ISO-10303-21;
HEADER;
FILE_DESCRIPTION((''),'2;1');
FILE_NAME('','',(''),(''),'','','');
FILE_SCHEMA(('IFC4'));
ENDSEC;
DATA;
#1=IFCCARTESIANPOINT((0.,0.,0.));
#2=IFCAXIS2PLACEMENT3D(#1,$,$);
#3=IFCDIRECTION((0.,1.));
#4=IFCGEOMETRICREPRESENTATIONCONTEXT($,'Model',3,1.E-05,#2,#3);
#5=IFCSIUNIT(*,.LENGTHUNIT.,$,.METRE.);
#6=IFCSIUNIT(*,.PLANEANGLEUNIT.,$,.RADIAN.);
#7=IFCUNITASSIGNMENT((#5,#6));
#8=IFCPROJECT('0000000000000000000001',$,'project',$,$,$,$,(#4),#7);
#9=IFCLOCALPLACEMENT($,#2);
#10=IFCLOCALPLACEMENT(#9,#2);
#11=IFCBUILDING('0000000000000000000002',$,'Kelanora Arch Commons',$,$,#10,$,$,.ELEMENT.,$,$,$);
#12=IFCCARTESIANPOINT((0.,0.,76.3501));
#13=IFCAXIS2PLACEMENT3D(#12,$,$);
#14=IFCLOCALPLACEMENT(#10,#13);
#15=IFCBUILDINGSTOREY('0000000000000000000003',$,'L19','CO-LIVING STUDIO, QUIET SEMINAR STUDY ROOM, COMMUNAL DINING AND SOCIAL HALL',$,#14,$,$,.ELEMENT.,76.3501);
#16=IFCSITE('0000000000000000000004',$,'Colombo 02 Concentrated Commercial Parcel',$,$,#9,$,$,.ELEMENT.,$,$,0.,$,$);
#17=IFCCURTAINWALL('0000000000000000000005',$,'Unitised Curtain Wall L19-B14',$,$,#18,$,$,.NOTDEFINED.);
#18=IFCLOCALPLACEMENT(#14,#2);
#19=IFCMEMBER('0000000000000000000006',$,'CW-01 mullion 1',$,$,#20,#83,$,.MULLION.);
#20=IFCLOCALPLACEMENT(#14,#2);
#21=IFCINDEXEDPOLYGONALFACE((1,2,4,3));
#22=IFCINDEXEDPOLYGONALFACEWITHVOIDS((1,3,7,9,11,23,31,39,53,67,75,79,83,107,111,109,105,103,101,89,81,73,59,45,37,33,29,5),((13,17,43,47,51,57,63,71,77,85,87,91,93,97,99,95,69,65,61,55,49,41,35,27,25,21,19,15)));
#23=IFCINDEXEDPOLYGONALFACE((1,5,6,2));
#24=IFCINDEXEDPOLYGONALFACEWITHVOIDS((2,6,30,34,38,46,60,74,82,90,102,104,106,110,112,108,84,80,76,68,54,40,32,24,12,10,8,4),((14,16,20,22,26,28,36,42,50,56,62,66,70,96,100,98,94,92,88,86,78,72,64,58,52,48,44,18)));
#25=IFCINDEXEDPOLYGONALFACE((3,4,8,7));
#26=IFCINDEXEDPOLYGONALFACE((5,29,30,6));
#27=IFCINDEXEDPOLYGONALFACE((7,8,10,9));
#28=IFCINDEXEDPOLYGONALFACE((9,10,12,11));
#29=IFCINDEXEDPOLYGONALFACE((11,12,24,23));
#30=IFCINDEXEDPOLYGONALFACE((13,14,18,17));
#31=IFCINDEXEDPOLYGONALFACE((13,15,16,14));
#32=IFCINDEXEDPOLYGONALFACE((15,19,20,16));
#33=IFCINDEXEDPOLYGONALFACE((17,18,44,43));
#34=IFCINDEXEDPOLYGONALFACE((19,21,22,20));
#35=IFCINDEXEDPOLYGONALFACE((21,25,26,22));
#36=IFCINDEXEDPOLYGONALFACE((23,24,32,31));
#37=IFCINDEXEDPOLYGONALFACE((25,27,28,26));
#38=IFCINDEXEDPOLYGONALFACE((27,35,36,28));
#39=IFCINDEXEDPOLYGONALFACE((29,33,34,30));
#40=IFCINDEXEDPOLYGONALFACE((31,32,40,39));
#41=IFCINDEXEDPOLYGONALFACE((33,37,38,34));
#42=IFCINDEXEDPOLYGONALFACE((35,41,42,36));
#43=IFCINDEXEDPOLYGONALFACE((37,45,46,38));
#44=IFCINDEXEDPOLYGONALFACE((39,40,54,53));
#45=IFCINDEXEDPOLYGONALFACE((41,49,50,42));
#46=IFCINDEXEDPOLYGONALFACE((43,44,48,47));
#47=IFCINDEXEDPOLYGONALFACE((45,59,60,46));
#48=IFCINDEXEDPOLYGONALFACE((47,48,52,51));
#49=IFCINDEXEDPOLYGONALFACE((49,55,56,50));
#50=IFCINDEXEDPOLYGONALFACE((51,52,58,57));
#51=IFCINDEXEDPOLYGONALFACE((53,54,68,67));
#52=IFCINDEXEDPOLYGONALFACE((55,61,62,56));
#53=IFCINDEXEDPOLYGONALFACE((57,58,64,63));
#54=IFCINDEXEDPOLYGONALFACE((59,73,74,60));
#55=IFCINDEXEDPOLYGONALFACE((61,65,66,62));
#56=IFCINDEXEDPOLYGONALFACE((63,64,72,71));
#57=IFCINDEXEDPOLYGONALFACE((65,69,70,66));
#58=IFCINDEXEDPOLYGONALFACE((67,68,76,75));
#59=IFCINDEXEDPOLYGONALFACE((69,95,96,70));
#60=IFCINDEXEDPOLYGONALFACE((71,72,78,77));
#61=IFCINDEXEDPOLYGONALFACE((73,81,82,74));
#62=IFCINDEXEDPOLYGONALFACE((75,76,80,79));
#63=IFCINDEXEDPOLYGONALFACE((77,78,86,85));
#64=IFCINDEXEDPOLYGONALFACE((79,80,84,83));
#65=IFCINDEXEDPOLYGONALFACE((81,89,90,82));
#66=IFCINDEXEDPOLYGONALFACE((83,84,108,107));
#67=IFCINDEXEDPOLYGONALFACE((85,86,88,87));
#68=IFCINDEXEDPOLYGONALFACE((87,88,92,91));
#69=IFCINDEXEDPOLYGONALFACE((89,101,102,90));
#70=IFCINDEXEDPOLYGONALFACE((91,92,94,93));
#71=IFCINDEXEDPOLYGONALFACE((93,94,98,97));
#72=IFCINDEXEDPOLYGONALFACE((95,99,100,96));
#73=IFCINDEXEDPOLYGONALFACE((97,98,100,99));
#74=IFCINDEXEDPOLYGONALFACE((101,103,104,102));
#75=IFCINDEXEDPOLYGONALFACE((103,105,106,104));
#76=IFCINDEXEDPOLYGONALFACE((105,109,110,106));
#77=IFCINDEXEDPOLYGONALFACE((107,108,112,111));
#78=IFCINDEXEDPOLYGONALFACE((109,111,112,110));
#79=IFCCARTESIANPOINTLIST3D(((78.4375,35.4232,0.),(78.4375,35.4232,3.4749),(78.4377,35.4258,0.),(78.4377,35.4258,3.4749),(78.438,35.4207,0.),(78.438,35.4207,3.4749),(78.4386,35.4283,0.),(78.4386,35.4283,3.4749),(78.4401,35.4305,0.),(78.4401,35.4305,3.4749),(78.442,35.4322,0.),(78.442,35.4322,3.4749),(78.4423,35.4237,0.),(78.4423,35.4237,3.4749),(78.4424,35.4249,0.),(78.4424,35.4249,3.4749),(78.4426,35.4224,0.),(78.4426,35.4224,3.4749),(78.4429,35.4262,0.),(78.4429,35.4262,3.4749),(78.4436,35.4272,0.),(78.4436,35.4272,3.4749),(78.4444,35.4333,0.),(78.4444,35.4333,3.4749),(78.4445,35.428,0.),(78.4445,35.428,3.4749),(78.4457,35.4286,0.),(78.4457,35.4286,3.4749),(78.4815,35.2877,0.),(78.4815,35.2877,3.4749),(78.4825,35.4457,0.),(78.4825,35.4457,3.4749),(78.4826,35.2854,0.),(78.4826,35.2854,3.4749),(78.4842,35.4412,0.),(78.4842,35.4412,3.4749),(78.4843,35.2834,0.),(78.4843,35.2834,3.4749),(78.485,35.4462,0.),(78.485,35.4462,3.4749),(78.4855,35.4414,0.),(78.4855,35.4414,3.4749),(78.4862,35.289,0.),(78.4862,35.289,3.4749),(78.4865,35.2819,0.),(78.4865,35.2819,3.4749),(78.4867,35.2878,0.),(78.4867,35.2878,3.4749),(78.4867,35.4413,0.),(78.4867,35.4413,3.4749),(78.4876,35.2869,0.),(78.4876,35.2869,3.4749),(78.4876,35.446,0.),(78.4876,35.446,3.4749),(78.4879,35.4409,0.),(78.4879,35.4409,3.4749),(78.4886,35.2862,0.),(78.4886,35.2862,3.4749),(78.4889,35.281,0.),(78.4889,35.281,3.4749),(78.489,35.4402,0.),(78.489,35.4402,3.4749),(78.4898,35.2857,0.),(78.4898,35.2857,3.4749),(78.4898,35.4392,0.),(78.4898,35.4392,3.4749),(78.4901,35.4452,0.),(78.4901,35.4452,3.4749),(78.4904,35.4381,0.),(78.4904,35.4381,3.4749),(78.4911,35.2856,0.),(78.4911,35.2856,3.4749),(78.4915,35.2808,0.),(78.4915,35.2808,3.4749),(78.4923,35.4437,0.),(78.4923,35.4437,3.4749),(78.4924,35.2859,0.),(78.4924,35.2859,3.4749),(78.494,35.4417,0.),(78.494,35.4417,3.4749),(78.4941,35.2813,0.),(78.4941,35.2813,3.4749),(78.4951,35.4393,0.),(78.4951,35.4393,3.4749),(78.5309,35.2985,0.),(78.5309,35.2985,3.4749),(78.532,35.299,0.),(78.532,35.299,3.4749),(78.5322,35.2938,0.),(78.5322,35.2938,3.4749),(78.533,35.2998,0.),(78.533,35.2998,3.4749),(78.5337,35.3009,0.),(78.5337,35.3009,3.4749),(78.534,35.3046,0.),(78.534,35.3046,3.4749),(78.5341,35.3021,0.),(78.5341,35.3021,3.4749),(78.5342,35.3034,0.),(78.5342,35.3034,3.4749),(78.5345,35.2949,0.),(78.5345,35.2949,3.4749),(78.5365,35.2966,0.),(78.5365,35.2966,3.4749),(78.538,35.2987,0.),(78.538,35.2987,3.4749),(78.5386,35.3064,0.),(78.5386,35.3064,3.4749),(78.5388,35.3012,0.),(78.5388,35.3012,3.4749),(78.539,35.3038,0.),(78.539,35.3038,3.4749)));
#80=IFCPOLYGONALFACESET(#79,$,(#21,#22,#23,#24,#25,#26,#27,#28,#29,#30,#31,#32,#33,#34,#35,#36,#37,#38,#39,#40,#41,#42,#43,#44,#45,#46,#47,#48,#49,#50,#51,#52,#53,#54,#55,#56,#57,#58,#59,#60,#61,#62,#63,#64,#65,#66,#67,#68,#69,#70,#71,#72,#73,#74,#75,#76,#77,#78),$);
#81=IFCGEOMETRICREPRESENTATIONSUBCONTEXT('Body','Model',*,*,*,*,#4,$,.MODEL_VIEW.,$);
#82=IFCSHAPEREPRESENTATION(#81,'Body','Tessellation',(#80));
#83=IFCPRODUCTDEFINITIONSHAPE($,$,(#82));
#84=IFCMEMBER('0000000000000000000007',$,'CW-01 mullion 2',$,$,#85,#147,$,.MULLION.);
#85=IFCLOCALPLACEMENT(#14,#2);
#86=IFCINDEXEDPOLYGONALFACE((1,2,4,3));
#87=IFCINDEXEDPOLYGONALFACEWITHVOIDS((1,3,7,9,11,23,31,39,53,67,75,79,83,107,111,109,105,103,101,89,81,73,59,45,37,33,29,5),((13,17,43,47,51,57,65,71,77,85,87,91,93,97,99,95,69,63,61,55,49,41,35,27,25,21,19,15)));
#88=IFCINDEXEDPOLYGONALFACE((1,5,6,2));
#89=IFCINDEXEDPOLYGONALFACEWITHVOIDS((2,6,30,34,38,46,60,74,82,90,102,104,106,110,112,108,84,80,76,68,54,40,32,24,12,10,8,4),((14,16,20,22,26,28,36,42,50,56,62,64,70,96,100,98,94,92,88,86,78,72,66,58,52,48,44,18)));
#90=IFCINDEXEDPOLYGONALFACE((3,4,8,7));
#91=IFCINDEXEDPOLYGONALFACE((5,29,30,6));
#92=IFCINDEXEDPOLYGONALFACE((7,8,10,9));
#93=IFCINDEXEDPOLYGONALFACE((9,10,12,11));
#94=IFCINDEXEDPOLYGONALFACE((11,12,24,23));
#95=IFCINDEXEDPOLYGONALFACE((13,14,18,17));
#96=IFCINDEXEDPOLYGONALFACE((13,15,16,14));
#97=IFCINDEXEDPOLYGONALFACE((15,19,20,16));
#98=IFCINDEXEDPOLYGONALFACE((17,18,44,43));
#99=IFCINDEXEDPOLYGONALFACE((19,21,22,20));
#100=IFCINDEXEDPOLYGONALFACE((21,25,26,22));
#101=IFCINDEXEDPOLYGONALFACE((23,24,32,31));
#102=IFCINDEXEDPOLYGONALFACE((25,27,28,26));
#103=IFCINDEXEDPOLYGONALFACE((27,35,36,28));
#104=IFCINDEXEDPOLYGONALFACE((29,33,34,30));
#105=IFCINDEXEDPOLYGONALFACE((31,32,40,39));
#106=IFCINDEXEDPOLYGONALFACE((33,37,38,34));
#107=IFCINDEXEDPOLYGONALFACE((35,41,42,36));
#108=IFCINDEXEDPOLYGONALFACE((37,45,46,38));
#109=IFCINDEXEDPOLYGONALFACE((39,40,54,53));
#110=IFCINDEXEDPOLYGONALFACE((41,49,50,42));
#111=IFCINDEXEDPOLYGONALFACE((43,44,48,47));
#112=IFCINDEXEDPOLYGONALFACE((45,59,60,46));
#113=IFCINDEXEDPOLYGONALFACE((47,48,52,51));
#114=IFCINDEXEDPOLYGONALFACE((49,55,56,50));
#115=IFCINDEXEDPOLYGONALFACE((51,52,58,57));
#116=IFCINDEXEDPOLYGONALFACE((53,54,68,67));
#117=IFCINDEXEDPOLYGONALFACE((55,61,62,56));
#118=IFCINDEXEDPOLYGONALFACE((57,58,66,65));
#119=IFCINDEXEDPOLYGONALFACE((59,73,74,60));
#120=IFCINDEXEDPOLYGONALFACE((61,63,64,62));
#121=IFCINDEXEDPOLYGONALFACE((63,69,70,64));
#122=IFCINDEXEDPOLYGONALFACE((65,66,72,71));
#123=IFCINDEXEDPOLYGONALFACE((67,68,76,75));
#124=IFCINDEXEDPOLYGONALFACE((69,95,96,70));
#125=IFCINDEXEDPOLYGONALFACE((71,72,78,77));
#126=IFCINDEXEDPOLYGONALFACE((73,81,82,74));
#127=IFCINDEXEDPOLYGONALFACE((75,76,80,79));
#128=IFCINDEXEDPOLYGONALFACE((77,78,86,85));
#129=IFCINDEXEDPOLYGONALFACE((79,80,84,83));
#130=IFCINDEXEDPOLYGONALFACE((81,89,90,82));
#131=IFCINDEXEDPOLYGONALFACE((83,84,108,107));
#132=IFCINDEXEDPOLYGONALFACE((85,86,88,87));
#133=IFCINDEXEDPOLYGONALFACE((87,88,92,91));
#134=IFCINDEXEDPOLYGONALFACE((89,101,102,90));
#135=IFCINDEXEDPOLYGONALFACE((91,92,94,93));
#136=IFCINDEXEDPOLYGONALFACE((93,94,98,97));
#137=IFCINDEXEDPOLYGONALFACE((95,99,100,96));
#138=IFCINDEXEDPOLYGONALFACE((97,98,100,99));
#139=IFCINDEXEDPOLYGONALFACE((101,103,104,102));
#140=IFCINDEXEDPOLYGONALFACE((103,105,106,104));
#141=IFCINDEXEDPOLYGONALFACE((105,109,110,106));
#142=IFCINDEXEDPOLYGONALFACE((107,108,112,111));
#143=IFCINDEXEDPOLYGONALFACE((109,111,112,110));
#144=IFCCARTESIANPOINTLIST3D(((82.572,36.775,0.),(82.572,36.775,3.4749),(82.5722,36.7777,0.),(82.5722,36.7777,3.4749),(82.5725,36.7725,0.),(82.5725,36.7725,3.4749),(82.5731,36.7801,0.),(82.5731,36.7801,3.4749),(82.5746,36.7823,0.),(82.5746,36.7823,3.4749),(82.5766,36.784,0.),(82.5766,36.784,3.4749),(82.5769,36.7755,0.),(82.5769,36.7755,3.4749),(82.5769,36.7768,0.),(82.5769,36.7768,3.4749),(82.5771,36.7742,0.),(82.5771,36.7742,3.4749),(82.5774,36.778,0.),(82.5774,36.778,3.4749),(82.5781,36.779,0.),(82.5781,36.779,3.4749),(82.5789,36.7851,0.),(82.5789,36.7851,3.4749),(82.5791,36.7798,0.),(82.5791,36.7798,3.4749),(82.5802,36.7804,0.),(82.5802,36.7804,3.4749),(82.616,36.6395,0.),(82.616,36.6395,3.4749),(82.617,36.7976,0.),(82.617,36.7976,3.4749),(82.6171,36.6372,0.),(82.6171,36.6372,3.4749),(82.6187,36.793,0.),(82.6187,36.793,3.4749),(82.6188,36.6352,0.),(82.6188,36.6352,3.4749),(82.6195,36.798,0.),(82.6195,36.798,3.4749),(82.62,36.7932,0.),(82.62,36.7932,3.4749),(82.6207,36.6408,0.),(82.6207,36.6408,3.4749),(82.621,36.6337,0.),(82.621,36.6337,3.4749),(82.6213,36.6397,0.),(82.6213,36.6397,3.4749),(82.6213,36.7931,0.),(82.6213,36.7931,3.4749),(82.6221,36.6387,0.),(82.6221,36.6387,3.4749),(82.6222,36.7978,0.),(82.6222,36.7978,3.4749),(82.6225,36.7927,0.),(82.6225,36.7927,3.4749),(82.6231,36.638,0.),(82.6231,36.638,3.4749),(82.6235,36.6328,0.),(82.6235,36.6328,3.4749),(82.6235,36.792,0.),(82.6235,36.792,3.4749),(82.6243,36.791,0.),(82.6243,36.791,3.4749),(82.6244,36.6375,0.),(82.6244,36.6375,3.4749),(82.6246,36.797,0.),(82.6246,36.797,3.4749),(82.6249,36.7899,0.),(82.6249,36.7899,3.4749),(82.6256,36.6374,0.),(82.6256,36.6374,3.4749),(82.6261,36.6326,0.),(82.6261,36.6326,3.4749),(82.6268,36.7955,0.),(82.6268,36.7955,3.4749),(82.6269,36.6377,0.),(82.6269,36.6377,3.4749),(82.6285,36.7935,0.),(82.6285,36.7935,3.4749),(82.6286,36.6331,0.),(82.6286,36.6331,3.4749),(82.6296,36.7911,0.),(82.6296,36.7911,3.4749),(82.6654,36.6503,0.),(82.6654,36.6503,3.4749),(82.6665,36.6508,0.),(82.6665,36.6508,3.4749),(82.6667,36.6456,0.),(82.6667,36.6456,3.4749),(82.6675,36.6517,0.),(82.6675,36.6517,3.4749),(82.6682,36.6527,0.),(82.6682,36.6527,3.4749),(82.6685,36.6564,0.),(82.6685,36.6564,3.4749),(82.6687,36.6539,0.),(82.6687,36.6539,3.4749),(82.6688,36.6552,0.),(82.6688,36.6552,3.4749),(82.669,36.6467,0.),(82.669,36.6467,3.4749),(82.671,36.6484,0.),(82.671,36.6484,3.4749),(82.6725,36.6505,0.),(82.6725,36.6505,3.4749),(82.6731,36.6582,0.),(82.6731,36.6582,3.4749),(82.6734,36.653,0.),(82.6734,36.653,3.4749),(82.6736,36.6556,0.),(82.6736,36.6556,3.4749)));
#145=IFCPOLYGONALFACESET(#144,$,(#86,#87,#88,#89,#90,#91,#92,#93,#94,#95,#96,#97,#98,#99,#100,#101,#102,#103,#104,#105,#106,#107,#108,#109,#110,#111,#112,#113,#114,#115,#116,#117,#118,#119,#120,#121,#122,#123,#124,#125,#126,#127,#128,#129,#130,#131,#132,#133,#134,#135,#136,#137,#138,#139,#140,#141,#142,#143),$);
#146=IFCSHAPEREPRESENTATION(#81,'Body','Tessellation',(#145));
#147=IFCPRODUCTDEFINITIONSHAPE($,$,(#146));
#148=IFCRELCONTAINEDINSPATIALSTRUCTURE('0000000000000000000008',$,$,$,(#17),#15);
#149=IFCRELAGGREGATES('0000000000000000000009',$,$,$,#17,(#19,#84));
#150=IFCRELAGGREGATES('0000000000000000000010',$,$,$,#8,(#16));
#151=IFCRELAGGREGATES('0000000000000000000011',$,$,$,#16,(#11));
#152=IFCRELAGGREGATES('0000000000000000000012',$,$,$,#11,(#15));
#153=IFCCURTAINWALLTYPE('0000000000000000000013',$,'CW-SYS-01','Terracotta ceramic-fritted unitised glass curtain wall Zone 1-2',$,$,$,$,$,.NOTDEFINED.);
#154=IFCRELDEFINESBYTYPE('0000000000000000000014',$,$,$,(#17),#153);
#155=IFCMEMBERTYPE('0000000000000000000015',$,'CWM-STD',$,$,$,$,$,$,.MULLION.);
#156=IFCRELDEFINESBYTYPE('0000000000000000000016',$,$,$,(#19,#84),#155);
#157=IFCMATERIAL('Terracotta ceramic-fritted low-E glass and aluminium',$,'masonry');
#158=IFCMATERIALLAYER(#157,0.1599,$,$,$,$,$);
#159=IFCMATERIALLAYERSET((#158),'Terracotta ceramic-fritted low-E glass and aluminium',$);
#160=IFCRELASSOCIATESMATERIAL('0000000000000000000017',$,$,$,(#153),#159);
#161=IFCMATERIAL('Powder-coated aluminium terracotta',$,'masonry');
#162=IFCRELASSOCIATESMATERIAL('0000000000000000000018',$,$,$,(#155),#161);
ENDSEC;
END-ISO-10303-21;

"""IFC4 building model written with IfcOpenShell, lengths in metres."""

from ifc_helpers import new_model, si_unit, direction, frame, origin, origin_2d, place, context, subcontext, project, spatial, hollow_rectangle, extrude, material, layer, layer_set, material_profile, profile_set, type_object, element, aggregate, save


model = new_model("IFC4")

# Units and contexts
model_context = context("Model", 3, precision=1e-05, world=origin(), true_north=direction((0.0, 1.0)))
body_context = subcontext(model_context, "Body", "Model", "MODEL_VIEW")
ifc_project = project(units=[si_unit("LENGTHUNIT", "METRE"), si_unit("PLANEANGLEUNIT", "RADIAN")], contexts=[model_context])

# Site, building, storey
site_placement = place(None, origin())
site = spatial("IfcSite", under=ifc_project, at=site_placement, Name="Colombo 02 Concentrated Commercial Parcel", CompositionType="ELEMENT", RefElevation=0.0)
building_placement = place(site_placement, origin())
building = spatial("IfcBuilding", under=site, at=building_placement, Name="Kelanora Arch Commons", CompositionType="ELEMENT")
storey_placement = place(building_placement, frame((0.0, 0.0, 76.3501)))
storey = spatial("IfcBuildingStorey", under=building, at=storey_placement, Name="L19", Description="CO-LIVING STUDIO, QUIET SEMINAR STUDY ROOM, COMMUNAL DINING AND SOCIAL HALL", CompositionType="ELEMENT", Elevation=76.3501)

# Curtain wall, members
ifc_material_1 = material(Name="Terracotta ceramic-fritted low-E glass and aluminium", Category="masonry")
ifc_layer_1 = layer(ifc_material_1, 0.1599)
ifc_layer_set_1 = layer_set([ifc_layer_1], Name="Terracotta ceramic-fritted low-E glass and aluminium")
curtain_wall_type = type_object("IfcCurtainWallType", Name="CW-SYS-01", Description="Terracotta ceramic-fritted unitised glass curtain wall Zone 1-2", PredefinedType="NOTDEFINED", material=ifc_layer_set_1)
curtain_wall_placement = place(storey_placement, origin())
curtain_wall = element("IfcCurtainWall", 1, at=curtain_wall_placement, inside=storey, type_object=curtain_wall_type, Name="Unitised Curtain Wall L19-B14", PredefinedType="NOTDEFINED")
ifc_material_2 = material(Name="Powder-coated aluminium terracotta", Category="masonry")
ifc_material_profile_1 = material_profile(ifc_material_2, hollow_rectangle(XDim=0.1599, YDim=0.0601, WallThickness=0.0049, InnerFilletRadius=0.0049, OuterFilletRadius=0.01, at=origin_2d()), Name="CWM160x60")
ifc_profile_set_1 = profile_set([ifc_material_profile_1], Name="Powder-coated aluminium terracotta")
member_type_1 = type_object("IfcMemberType", Name="CWM-STD", PredefinedType="MULLION", material=ifc_profile_set_1)
member_1_placement = place(storey_placement, frame((78.4883, 35.3635, 0.0), z_axis=(0.0, 0.0, 1.0), x_axis=(-0.310805, 0.950474, 0.0)))
member_1 = element("IfcMember", 2, at=member_1_placement, type_object=member_type_1, Name="CW-01 mullion 1", PredefinedType="MULLION", context=body_context, shape_type="SweptSolid", body=[
    extrude(hollow_rectangle(XDim=0.1599, YDim=0.0601, WallThickness=0.0049, InnerFilletRadius=0.0049, OuterFilletRadius=0.01, at=origin_2d()), origin(), (0.0, 0.0, 1.0), 3.4749),
])
member_2_placement = place(storey_placement, frame((82.6228, 36.7153, 0.0), z_axis=(0.0, 0.0, 1.0), x_axis=(-0.310805, 0.950474, 0.0)))
member_2 = element("IfcMember", 3, at=member_2_placement, type_object=member_type_1, Name="CW-01 mullion 2", PredefinedType="MULLION", context=body_context, shape_type="SweptSolid", body=[
    extrude(hollow_rectangle(XDim=0.1599, YDim=0.0601, WallThickness=0.0049, InnerFilletRadius=0.0049, OuterFilletRadius=0.01, at=origin_2d()), origin(), (0.0, 0.0, 1.0), 3.4749),
])
aggregate(curtain_wall, [member_1, member_2])

save(model, "model.ifc")
